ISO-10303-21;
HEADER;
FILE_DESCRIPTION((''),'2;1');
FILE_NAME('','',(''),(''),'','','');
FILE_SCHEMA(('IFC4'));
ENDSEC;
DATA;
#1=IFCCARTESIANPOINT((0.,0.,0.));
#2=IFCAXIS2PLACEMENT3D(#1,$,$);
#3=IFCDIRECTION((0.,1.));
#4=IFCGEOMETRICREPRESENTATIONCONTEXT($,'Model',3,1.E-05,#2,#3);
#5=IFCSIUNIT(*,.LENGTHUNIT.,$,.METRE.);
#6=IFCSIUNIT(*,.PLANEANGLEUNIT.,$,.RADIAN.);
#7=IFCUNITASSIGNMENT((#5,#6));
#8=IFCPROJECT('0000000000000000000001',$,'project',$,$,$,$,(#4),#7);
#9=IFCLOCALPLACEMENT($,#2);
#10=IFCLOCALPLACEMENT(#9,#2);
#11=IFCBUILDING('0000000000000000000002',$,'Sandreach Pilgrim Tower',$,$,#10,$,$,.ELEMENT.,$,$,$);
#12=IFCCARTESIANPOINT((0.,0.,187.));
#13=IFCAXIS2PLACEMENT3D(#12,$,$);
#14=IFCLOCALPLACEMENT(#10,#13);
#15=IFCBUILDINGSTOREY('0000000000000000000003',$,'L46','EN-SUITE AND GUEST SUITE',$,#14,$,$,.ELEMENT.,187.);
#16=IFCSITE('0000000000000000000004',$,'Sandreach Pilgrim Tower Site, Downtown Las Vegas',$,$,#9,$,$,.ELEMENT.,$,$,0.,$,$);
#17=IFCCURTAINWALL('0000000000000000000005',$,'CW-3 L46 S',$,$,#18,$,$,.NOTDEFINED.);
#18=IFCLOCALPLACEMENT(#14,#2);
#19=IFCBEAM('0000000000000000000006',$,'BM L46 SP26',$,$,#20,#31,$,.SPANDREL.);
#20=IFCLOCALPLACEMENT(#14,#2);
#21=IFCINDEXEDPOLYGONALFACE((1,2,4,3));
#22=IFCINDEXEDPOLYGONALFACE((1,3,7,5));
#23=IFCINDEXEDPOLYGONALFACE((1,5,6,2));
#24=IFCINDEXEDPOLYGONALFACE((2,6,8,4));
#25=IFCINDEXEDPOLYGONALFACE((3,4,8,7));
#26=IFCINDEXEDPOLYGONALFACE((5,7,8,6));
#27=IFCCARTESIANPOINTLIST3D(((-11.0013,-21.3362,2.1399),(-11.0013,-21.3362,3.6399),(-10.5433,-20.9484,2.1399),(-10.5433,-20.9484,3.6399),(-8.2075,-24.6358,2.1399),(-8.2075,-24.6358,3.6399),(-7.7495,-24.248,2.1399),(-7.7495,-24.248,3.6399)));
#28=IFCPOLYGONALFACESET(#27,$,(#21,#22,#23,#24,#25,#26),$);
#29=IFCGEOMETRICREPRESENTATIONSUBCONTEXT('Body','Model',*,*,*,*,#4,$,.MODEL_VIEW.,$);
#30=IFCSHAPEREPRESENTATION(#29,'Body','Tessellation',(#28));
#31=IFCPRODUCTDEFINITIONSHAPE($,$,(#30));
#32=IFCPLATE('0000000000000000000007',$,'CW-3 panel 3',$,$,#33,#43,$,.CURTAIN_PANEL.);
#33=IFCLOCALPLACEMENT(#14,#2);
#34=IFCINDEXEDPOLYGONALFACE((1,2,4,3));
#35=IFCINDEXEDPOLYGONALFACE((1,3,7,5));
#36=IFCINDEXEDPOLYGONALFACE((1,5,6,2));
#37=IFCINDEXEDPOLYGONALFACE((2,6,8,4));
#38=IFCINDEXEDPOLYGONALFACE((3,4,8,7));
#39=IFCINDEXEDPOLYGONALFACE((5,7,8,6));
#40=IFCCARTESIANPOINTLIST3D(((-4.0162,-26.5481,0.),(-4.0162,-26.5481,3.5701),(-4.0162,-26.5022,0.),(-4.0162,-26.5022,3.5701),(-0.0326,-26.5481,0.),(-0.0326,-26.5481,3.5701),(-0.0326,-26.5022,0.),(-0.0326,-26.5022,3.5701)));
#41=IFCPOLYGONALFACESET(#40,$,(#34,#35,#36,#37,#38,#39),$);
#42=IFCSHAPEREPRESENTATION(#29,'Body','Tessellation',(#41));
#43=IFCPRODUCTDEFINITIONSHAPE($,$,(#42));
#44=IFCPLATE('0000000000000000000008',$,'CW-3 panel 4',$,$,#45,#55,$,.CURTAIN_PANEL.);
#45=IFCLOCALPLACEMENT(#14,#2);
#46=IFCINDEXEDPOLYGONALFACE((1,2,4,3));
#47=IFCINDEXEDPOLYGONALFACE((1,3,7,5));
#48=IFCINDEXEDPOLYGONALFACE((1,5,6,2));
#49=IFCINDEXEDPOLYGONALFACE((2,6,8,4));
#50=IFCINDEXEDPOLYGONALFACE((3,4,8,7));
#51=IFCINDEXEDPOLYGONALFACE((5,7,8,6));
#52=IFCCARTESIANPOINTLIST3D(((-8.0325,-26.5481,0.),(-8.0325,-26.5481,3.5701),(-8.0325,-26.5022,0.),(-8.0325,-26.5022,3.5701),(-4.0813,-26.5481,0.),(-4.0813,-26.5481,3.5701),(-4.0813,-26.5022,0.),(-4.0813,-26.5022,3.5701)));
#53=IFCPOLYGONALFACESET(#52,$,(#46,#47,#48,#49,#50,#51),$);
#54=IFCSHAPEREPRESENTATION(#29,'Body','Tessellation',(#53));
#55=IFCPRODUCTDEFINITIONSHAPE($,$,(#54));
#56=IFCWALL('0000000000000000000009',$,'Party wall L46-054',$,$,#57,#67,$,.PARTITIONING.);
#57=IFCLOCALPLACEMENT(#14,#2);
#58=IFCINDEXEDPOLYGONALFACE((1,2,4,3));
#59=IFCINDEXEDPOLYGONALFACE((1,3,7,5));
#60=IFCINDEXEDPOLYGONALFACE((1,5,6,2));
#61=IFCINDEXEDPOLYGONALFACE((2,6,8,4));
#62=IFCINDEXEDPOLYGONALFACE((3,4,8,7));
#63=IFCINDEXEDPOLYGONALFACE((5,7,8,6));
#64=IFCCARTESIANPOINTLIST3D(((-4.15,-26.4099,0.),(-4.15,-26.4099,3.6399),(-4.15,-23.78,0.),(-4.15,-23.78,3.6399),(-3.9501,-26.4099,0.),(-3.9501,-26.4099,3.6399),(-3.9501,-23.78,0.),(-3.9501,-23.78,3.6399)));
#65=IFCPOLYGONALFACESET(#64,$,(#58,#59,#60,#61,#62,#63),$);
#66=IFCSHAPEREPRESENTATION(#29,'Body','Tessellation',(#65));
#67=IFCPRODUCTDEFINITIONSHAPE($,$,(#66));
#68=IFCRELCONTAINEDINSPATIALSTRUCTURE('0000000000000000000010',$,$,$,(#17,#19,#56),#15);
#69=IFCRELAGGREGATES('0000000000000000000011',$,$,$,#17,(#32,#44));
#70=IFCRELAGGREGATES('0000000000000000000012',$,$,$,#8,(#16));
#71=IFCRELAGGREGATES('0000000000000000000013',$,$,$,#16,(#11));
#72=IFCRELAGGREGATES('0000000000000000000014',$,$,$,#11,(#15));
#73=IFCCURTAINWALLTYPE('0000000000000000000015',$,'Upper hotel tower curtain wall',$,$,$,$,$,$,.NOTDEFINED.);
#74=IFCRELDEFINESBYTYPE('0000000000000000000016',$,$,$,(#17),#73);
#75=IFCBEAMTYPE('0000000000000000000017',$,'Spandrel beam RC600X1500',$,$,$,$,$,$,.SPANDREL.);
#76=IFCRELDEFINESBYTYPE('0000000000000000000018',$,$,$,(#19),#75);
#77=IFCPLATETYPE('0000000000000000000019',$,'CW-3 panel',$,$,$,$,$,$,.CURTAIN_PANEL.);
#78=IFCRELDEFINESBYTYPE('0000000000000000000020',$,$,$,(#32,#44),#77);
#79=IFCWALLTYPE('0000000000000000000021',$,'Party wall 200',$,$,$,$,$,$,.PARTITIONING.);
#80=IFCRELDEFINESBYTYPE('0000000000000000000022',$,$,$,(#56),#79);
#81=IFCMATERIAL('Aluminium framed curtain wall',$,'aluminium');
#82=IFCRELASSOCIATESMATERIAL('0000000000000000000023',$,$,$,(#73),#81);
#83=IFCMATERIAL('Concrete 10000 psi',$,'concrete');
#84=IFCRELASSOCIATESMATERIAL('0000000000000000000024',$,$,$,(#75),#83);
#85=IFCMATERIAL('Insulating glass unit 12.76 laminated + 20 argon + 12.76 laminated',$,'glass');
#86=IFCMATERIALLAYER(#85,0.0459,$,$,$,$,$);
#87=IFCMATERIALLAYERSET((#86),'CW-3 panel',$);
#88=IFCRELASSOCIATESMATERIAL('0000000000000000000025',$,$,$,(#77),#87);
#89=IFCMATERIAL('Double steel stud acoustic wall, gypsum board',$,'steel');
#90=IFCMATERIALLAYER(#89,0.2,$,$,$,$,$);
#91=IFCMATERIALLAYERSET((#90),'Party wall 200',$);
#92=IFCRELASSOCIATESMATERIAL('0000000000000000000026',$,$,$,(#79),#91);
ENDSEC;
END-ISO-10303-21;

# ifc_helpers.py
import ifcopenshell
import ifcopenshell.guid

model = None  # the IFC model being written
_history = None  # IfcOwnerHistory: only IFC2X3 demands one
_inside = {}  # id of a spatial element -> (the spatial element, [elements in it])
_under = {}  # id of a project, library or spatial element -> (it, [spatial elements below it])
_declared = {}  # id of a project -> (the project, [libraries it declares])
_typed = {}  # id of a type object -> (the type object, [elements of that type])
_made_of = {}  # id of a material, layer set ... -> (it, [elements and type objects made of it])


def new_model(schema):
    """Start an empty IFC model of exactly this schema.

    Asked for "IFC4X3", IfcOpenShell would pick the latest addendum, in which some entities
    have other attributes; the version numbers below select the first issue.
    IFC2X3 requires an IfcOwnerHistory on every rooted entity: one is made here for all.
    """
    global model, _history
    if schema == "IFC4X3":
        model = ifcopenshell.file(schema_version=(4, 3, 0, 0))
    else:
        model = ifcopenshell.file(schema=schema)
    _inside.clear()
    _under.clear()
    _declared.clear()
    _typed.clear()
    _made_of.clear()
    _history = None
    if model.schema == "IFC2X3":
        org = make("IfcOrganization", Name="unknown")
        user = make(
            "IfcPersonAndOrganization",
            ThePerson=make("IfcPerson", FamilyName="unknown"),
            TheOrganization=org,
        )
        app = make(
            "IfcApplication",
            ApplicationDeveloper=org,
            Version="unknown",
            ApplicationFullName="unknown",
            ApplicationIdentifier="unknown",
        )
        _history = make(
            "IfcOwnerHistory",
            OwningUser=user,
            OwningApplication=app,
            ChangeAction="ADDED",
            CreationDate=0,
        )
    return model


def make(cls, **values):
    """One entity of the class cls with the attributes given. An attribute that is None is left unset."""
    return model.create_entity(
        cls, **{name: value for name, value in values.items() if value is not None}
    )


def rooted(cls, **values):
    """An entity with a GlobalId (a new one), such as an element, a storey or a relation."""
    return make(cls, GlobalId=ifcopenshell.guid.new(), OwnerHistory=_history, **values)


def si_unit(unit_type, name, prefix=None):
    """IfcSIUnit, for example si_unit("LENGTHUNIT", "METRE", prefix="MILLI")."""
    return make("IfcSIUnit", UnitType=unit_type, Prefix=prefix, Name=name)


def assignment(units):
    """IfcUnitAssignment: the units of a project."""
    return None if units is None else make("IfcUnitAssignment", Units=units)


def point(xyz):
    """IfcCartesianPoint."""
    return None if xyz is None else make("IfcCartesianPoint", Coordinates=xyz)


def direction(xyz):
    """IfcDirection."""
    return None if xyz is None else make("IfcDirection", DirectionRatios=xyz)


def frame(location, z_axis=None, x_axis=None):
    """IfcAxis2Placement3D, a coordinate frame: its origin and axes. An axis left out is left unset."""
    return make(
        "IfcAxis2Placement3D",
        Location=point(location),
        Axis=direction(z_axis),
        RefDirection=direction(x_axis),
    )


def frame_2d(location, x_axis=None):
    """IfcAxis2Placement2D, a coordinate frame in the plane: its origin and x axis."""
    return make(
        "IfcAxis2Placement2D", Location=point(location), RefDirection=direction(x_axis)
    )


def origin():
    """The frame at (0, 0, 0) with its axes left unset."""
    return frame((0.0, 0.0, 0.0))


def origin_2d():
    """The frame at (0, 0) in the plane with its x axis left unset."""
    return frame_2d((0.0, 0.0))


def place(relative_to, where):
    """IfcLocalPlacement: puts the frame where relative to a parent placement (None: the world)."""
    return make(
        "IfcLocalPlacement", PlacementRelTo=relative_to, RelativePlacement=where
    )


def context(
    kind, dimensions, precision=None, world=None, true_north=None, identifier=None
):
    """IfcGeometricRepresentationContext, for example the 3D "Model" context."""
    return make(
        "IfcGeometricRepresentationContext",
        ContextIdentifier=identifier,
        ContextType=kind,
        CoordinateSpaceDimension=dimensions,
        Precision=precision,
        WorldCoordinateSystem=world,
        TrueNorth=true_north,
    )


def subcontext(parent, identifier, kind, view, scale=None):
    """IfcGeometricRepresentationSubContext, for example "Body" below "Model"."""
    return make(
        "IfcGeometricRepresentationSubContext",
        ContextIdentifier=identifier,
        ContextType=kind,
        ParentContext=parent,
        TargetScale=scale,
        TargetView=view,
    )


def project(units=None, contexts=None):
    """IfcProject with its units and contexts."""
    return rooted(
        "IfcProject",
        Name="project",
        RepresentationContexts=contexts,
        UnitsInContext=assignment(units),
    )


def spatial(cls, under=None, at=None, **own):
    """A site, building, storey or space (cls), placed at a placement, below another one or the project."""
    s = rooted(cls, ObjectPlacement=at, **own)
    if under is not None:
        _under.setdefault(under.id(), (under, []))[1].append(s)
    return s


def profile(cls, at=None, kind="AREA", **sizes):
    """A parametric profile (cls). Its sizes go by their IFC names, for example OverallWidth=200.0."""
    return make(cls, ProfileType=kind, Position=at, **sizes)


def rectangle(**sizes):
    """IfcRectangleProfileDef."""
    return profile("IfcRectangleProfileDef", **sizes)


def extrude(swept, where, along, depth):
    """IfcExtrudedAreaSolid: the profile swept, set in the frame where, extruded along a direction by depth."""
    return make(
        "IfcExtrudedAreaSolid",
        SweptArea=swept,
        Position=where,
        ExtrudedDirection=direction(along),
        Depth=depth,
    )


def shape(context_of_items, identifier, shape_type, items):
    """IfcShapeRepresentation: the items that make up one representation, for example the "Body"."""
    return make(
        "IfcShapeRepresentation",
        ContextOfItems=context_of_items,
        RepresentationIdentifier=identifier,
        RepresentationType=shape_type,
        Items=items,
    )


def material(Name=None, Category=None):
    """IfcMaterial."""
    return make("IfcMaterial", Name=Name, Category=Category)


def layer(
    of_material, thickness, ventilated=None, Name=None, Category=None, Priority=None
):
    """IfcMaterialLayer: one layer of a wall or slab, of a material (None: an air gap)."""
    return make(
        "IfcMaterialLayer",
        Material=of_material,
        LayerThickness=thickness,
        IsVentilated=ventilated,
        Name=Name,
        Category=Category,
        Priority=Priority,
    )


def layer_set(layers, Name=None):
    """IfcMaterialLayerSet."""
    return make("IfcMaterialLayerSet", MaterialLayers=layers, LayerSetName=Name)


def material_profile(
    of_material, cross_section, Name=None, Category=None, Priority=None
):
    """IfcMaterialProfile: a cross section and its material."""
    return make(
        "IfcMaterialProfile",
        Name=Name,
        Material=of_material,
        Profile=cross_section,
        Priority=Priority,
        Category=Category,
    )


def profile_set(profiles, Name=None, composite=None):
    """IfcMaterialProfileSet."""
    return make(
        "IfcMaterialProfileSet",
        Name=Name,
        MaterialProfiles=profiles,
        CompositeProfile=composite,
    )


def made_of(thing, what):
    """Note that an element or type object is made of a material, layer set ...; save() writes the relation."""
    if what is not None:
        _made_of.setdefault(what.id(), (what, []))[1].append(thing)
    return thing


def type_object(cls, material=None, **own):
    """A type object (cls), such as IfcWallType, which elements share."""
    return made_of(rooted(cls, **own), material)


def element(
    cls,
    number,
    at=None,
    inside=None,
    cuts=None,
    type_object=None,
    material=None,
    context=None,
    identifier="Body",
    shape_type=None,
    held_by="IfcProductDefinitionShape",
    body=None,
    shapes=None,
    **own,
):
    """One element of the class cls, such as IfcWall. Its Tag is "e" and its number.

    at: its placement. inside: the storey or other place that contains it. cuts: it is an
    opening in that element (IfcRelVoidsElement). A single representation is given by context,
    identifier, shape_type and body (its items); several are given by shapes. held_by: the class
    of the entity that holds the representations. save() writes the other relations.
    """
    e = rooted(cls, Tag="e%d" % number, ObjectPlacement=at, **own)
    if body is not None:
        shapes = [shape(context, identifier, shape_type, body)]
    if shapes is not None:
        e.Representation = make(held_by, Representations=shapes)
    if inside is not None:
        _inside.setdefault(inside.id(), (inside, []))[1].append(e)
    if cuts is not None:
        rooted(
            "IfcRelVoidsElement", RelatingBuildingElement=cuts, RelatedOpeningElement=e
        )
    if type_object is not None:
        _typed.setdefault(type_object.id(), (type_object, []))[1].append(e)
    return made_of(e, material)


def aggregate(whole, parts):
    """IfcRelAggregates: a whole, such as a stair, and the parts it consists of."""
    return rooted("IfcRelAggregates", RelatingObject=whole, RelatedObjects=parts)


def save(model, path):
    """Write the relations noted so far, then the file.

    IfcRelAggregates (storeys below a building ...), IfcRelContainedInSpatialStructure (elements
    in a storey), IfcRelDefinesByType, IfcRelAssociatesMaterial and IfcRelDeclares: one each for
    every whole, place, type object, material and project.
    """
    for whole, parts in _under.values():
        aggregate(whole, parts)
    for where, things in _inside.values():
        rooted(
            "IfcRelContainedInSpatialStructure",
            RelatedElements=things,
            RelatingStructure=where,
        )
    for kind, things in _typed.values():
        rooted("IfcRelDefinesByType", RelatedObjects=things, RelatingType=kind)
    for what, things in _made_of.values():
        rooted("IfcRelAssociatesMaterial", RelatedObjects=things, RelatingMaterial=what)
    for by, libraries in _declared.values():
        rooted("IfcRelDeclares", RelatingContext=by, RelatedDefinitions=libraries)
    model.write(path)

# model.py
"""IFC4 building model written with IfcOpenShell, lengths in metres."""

from ifc_helpers import new_model, si_unit, direction, frame, frame_2d, origin, origin_2d, place, context, subcontext, project, spatial, rectangle, extrude, material, layer, layer_set, material_profile, profile_set, type_object, element, aggregate, save


model = new_model("IFC4")

# Units and contexts
model_context = context("Model", 3, precision=1e-05, world=origin(), true_north=direction((0.0, 1.0)))
body_context = subcontext(model_context, "Body", "Model", "MODEL_VIEW")
ifc_project = project(units=[si_unit("LENGTHUNIT", "METRE"), si_unit("PLANEANGLEUNIT", "RADIAN")], contexts=[model_context])

# Site, building, storey
site_placement = place(None, origin())
site = spatial("IfcSite", under=ifc_project, at=site_placement, Name="Sandreach Pilgrim Tower Site, Downtown Las Vegas", CompositionType="ELEMENT", RefElevation=0.0)
building_placement = place(site_placement, origin())
building = spatial("IfcBuilding", under=site, at=building_placement, Name="Sandreach Pilgrim Tower", CompositionType="ELEMENT")
storey_placement = place(building_placement, frame((0.0, 0.0, 187.0)))
storey = spatial("IfcBuildingStorey", under=building, at=storey_placement, Name="L46", Description="EN-SUITE AND GUEST SUITE", CompositionType="ELEMENT", Elevation=187.0)

# Curtain wall
ifc_material_1 = material(Name="Aluminium framed curtain wall", Category="aluminium")
curtain_wall_type = type_object("IfcCurtainWallType", Name="Upper hotel tower curtain wall", PredefinedType="NOTDEFINED", material=ifc_material_1)
curtain_wall_placement = place(storey_placement, origin())
curtain_wall = element("IfcCurtainWall", 1, at=curtain_wall_placement, inside=storey, type_object=curtain_wall_type, Name="CW-3 L46 S", PredefinedType="NOTDEFINED")

# Beam
ifc_material_2 = material(Name="Concrete 10000 psi", Category="concrete")
ifc_material_profile_1 = material_profile(ifc_material_2, rectangle(XDim=0.6001, YDim=1.5, at=origin_2d()), Name="RC600X1500")
ifc_profile_set_1 = profile_set([ifc_material_profile_1], Name="Concrete 10000 psi")
beam_type_1 = type_object("IfcBeamType", Name="Spandrel beam RC600X1500", PredefinedType="SPANDREL", material=ifc_profile_set_1)
beam_1_placement = place(storey_placement, frame((-7.9785, -24.4419, 2.8899), z_axis=(-0.64618, 0.763185, 0.0), x_axis=(-0.763185, -0.64618, 0.0)))
element("IfcBeam", 2, at=beam_1_placement, inside=storey, type_object=beam_type_1, Name="BM L46 SP26", PredefinedType="SPANDREL", context=body_context, shape_type="SweptSolid", body=[
    extrude(rectangle(XDim=0.6001, YDim=1.5, at=origin_2d()), origin(), (0.0, 0.0, 1.0), 4.3235),
])

# Plates
ifc_material_3 = material(Name="Insulating glass unit 12.76 laminated + 20 argon + 12.76 laminated", Category="glass")
ifc_layer_1 = layer(ifc_material_3, 0.0459)
ifc_layer_set_1 = layer_set([ifc_layer_1], Name="CW-3 panel")
plate_type = type_object("IfcPlateType", Name="CW-3 panel", PredefinedType="CURTAIN_PANEL", material=ifc_layer_set_1)
plate_1_placement = place(storey_placement, frame((-2.0244, -26.5251, 0.0), z_axis=(0.0, 0.0, 1.0), x_axis=(-1.0, 0.0, 0.0)))
plate_1 = element("IfcPlate", 3, at=plate_1_placement, type_object=plate_type, Name="CW-3 panel 3", PredefinedType="CURTAIN_PANEL", context=body_context, shape_type="SweptSolid", body=[
    extrude(rectangle(XDim=3.9836, YDim=0.0459, at=origin_2d()), origin(), (0.0, 0.0, 1.0), 3.5701),
])
plate_2_placement = place(storey_placement, frame((-6.0569, -26.5251, 0.0), z_axis=(0.0, 0.0, 1.0), x_axis=(-1.0, 0.0, 0.0)))
plate_2 = element("IfcPlate", 4, at=plate_2_placement, type_object=plate_type, Name="CW-3 panel 4", PredefinedType="CURTAIN_PANEL", context=body_context, shape_type="SweptSolid", body=[
    extrude(rectangle(XDim=3.9512, YDim=0.0459, at=origin_2d()), origin(), (0.0, 0.0, 1.0), 3.5701),
])
aggregate(curtain_wall, [plate_1, plate_2])

# Wall
ifc_material_4 = material(Name="Double steel stud acoustic wall, gypsum board", Category="steel")
ifc_layer_2 = layer(ifc_material_4, 0.2)
ifc_layer_set_2 = layer_set([ifc_layer_2], Name="Party wall 200")
wall_type = type_object("IfcWallType", Name="Party wall 200", PredefinedType="PARTITIONING", material=ifc_layer_set_2)
wall_placement = place(storey_placement, frame((-4.05, -26.4099, 0.0), z_axis=(0.0, 0.0, 1.0), x_axis=(0.0, 1.0, 0.0)))
element("IfcWall", 5, at=wall_placement, inside=storey, type_object=wall_type, Name="Party wall L46-054", PredefinedType="PARTITIONING", context=body_context, shape_type="SweptSolid", body=[
    extrude(rectangle(XDim=2.6299, YDim=0.2, at=frame_2d((1.3149, 0.0))), origin(), (0.0, 0.0, 1.0), 3.6399),
])

save(model, "model.ifc")
